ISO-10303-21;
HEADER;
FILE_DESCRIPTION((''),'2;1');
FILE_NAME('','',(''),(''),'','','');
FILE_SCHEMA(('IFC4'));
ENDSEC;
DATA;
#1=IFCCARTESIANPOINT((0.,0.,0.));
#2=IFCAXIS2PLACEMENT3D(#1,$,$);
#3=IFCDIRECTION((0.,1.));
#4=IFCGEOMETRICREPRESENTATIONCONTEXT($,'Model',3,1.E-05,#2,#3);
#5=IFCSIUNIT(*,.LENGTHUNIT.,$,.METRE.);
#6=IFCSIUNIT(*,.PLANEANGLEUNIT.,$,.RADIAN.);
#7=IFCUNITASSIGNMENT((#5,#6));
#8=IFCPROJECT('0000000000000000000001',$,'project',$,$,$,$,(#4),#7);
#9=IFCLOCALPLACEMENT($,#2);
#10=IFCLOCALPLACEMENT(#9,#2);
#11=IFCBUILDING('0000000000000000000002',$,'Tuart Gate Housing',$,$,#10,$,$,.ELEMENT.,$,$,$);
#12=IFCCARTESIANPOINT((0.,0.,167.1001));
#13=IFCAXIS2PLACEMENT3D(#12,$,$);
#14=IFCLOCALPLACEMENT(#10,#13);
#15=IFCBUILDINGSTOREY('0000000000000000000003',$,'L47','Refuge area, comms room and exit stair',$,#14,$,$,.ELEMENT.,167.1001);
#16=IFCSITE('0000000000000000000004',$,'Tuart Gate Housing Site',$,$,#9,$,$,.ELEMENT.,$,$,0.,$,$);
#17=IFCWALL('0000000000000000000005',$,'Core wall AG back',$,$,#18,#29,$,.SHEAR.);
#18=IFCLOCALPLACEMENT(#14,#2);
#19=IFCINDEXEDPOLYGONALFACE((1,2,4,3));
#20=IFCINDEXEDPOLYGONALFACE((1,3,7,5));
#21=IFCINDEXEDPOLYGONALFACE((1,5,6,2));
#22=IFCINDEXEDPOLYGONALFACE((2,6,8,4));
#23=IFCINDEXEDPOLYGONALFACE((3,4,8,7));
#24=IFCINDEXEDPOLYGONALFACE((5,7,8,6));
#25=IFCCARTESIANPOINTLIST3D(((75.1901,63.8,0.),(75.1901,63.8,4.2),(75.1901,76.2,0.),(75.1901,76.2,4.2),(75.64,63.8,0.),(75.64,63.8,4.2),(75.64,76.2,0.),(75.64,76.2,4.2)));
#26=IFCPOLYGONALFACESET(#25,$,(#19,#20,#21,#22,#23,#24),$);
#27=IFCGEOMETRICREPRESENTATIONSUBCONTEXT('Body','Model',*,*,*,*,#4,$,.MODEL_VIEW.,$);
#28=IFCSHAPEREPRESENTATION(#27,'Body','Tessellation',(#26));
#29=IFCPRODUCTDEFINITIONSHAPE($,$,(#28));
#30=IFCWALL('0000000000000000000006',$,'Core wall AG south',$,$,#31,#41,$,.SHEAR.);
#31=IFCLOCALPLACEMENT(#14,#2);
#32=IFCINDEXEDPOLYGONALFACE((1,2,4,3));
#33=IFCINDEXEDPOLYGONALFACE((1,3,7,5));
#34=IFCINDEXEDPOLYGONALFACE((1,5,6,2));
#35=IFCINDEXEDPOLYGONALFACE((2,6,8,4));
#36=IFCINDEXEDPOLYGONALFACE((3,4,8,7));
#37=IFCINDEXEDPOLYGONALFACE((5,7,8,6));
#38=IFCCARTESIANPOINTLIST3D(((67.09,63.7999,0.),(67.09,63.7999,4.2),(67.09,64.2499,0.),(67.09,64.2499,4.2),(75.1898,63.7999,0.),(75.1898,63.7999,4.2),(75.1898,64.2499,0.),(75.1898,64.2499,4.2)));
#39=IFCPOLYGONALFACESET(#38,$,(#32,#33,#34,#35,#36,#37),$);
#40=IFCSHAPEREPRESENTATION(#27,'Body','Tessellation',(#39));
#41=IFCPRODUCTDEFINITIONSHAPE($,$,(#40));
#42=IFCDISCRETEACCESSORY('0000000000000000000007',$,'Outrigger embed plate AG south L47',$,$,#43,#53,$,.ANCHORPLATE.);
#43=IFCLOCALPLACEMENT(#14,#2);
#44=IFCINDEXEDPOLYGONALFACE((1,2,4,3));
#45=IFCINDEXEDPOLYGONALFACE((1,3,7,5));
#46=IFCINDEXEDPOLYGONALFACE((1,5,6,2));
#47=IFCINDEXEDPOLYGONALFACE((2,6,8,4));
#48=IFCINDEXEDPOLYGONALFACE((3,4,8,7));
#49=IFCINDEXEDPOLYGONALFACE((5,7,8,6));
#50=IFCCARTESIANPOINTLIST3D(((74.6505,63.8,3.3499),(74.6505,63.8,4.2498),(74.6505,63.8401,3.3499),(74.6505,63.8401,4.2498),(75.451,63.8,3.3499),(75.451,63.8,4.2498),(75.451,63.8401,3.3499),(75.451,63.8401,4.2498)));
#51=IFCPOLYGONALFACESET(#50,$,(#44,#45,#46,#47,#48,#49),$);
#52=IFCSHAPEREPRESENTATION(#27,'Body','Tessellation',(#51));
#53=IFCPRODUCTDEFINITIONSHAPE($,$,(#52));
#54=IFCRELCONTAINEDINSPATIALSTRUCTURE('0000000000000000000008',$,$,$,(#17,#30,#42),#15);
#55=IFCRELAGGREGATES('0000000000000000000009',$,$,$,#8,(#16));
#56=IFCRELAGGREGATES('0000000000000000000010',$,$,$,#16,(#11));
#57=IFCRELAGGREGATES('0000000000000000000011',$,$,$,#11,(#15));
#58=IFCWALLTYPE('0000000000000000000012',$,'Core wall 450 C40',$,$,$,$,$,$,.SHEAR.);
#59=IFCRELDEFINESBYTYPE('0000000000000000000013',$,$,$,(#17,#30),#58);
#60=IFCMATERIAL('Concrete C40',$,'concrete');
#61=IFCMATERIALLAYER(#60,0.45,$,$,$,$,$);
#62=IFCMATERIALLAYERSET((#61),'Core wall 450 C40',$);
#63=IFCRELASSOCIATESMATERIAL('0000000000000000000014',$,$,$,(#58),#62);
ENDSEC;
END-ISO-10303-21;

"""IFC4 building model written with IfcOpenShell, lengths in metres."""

from ifc_helpers import new_model, si_unit, direction, frame, frame_2d, origin, origin_2d, place, context, subcontext, project, spatial, rectangle, extrude, material, layer, layer_set, type_object, element, save


model = new_model("IFC4")

# Units and contexts
model_context = context("Model", 3, precision=1e-05, world=origin(), true_north=direction((0.0, 1.0)))
body_context = subcontext(model_context, "Body", "Model", "MODEL_VIEW")
ifc_project = project(units=[si_unit("LENGTHUNIT", "METRE"), si_unit("PLANEANGLEUNIT", "RADIAN")], contexts=[model_context])

# Site, building, storey
site_placement = place(None, origin())
site = spatial("IfcSite", under=ifc_project, at=site_placement, Name="Tuart Gate Housing Site", CompositionType="ELEMENT", RefElevation=0.0)
building_placement = place(site_placement, origin())
building = spatial("IfcBuilding", under=site, at=building_placement, Name="Tuart Gate Housing", CompositionType="ELEMENT")
storey_placement = place(building_placement, frame((0.0, 0.0, 167.1001)))
storey = spatial("IfcBuildingStorey", under=building, at=storey_placement, Name="L47", Description="Refuge area, comms room and exit stair", CompositionType="ELEMENT", Elevation=167.1001)

# Walls
ifc_material_1 = material(Name="Concrete C40", Category="concrete")
ifc_layer_1 = layer(ifc_material_1, 0.45)
ifc_layer_set_1 = layer_set([ifc_layer_1], Name="Core wall 450 C40")
wall_type_1 = type_object("IfcWallType", Name="Core wall 450 C40", PredefinedType="SHEAR", material=ifc_layer_set_1)
wall_1_placement = place(storey_placement, frame((75.415, 63.8, 0.0), z_axis=(0.0, 0.0, 1.0), x_axis=(0.0, 1.0, 0.0)))
element("IfcWall", 1, at=wall_1_placement, inside=storey, type_object=wall_type_1, Name="Core wall AG back", PredefinedType="SHEAR", context=body_context, shape_type="SweptSolid", body=[
    extrude(rectangle(XDim=12.3999, YDim=0.45, at=frame_2d((6.2, 0.0))), origin(), (0.0, 0.0, 1.0), 4.2),
])
wall_2_placement = place(storey_placement, frame((67.0901, 64.0249, 0.0), z_axis=(0.0, 0.0, 1.0), x_axis=(1.0, 0.0, 0.0)))
element("IfcWall", 2, at=wall_2_placement, inside=storey, type_object=wall_type_1, Name="Core wall AG south", PredefinedType="SHEAR", context=body_context, shape_type="SweptSolid", body=[
    extrude(rectangle(XDim=8.0999, YDim=0.45, at=frame_2d((4.0498, 0.0))), origin(), (0.0, 0.0, 1.0), 4.2),
])

# Discrete accessory
discrete_accessory_placement = place(storey_placement, frame((75.0508, 63.8201, 3.3499), z_axis=(0.0, 0.0, 1.0), x_axis=(1.0, 0.0, 0.0)))
element("IfcDiscreteAccessory", 3, at=discrete_accessory_placement, inside=storey, Name="Outrigger embed plate AG south L47", PredefinedType="ANCHORPLATE", context=body_context, shape_type="SweptSolid", body=[
    extrude(rectangle(XDim=0.8005, YDim=0.04, at=origin_2d()), origin(), (0.0, 0.0, 1.0), 0.8999),
])

save(model, "model.ifc")
